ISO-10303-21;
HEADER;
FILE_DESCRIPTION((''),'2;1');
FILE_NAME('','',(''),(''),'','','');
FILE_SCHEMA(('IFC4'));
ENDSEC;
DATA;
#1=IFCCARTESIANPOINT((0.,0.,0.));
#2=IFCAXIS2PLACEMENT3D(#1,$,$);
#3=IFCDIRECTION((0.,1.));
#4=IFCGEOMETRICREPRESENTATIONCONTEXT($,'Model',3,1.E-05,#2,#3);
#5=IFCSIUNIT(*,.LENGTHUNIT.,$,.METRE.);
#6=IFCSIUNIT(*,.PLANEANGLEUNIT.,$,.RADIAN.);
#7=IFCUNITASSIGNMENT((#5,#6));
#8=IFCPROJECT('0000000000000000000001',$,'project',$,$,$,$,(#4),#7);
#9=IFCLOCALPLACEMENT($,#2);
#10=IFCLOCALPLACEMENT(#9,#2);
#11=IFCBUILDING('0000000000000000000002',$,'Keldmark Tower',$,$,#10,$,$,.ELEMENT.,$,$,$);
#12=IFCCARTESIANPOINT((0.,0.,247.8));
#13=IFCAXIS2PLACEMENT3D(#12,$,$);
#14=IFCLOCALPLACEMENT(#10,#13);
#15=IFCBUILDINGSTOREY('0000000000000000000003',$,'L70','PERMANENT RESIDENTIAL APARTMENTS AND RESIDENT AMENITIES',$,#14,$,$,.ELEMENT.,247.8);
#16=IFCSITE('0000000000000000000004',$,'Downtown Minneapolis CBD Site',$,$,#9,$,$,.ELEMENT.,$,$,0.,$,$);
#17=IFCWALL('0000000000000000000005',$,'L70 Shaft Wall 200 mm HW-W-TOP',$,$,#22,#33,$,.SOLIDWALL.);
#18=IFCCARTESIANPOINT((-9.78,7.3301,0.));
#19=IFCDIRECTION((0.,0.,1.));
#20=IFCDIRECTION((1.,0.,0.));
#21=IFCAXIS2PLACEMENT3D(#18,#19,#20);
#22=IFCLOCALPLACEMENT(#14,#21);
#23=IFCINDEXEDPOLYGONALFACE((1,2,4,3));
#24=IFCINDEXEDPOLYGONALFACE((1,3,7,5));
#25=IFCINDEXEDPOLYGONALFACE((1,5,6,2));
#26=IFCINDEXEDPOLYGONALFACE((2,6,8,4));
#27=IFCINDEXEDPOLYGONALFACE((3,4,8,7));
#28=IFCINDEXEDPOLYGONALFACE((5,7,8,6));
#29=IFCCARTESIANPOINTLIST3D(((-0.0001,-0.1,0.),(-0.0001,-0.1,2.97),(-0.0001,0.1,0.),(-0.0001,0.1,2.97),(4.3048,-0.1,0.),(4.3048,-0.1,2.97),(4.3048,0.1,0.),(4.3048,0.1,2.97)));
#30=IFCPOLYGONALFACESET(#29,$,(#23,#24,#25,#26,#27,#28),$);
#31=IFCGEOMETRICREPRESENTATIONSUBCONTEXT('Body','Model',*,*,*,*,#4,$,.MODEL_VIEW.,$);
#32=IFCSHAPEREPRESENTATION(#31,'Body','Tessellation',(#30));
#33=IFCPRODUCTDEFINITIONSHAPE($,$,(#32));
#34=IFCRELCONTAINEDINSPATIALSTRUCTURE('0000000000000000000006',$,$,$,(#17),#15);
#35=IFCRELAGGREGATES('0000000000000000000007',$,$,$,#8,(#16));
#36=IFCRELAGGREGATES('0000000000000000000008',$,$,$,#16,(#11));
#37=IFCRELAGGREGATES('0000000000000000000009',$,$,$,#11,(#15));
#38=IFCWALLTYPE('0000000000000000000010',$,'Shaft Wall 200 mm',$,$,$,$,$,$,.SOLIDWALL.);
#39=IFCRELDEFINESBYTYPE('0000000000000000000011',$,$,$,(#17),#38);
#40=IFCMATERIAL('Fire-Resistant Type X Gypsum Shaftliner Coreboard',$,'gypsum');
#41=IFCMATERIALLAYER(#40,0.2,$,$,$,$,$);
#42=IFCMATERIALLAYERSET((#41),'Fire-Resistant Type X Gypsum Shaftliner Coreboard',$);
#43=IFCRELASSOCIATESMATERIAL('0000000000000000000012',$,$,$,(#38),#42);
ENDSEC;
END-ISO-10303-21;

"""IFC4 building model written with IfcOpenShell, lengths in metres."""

from ifc_helpers import new_model, si_unit, direction, frame, frame_2d, origin, place, context, subcontext, project, spatial, rectangle, extrude, material, layer, layer_set, type_object, element, save


model = new_model("IFC4")

# Units and contexts
model_context = context("Model", 3, precision=1e-05, world=origin(), true_north=direction((0.0, 1.0)))
body_context = subcontext(model_context, "Body", "Model", "MODEL_VIEW")
ifc_project = project(units=[si_unit("LENGTHUNIT", "METRE"), si_unit("PLANEANGLEUNIT", "RADIAN")], contexts=[model_context])

# Site, building, storey
site_placement = place(None, origin())
site = spatial("IfcSite", under=ifc_project, at=site_placement, Name="Downtown Minneapolis CBD Site", CompositionType="ELEMENT", RefElevation=0.0)
building_placement = place(site_placement, origin())
building = spatial("IfcBuilding", under=site, at=building_placement, Name="Keldmark Tower", CompositionType="ELEMENT")
storey_placement = place(building_placement, frame((0.0, 0.0, 247.8)))
storey = spatial("IfcBuildingStorey", under=building, at=storey_placement, Name="L70", Description="PERMANENT RESIDENTIAL APARTMENTS AND RESIDENT AMENITIES", CompositionType="ELEMENT", Elevation=247.8)

# Shared definitions
ifc_material_1 = material(Name="Fire-Resistant Type X Gypsum Shaftliner Coreboard", Category="gypsum")
ifc_layer_1 = layer(ifc_material_1, 0.2)
ifc_layer_set_1 = layer_set([ifc_layer_1], Name="Fire-Resistant Type X Gypsum Shaftliner Coreboard")
wall_type_1 = type_object("IfcWallType", Name="Shaft Wall 200 mm", PredefinedType="SOLIDWALL", material=ifc_layer_set_1)

# Wall
wall_1_placement = place(storey_placement, frame((-9.78, 7.3301, 0.0), z_axis=(0.0, 0.0, 1.0), x_axis=(1.0, 0.0, 0.0)))
element("IfcWall", 1, at=wall_1_placement, inside=storey, type_object=wall_type_1, Name="L70 Shaft Wall 200 mm HW-W-TOP", PredefinedType="SOLIDWALL", context=body_context, shape_type="SweptSolid", body=[
    extrude(rectangle(XDim=4.3049, YDim=0.2, at=frame_2d((2.1523, 0.0))), origin(), (0.0, 0.0, 1.0), 2.97),
])

save(model, "model.ifc")
